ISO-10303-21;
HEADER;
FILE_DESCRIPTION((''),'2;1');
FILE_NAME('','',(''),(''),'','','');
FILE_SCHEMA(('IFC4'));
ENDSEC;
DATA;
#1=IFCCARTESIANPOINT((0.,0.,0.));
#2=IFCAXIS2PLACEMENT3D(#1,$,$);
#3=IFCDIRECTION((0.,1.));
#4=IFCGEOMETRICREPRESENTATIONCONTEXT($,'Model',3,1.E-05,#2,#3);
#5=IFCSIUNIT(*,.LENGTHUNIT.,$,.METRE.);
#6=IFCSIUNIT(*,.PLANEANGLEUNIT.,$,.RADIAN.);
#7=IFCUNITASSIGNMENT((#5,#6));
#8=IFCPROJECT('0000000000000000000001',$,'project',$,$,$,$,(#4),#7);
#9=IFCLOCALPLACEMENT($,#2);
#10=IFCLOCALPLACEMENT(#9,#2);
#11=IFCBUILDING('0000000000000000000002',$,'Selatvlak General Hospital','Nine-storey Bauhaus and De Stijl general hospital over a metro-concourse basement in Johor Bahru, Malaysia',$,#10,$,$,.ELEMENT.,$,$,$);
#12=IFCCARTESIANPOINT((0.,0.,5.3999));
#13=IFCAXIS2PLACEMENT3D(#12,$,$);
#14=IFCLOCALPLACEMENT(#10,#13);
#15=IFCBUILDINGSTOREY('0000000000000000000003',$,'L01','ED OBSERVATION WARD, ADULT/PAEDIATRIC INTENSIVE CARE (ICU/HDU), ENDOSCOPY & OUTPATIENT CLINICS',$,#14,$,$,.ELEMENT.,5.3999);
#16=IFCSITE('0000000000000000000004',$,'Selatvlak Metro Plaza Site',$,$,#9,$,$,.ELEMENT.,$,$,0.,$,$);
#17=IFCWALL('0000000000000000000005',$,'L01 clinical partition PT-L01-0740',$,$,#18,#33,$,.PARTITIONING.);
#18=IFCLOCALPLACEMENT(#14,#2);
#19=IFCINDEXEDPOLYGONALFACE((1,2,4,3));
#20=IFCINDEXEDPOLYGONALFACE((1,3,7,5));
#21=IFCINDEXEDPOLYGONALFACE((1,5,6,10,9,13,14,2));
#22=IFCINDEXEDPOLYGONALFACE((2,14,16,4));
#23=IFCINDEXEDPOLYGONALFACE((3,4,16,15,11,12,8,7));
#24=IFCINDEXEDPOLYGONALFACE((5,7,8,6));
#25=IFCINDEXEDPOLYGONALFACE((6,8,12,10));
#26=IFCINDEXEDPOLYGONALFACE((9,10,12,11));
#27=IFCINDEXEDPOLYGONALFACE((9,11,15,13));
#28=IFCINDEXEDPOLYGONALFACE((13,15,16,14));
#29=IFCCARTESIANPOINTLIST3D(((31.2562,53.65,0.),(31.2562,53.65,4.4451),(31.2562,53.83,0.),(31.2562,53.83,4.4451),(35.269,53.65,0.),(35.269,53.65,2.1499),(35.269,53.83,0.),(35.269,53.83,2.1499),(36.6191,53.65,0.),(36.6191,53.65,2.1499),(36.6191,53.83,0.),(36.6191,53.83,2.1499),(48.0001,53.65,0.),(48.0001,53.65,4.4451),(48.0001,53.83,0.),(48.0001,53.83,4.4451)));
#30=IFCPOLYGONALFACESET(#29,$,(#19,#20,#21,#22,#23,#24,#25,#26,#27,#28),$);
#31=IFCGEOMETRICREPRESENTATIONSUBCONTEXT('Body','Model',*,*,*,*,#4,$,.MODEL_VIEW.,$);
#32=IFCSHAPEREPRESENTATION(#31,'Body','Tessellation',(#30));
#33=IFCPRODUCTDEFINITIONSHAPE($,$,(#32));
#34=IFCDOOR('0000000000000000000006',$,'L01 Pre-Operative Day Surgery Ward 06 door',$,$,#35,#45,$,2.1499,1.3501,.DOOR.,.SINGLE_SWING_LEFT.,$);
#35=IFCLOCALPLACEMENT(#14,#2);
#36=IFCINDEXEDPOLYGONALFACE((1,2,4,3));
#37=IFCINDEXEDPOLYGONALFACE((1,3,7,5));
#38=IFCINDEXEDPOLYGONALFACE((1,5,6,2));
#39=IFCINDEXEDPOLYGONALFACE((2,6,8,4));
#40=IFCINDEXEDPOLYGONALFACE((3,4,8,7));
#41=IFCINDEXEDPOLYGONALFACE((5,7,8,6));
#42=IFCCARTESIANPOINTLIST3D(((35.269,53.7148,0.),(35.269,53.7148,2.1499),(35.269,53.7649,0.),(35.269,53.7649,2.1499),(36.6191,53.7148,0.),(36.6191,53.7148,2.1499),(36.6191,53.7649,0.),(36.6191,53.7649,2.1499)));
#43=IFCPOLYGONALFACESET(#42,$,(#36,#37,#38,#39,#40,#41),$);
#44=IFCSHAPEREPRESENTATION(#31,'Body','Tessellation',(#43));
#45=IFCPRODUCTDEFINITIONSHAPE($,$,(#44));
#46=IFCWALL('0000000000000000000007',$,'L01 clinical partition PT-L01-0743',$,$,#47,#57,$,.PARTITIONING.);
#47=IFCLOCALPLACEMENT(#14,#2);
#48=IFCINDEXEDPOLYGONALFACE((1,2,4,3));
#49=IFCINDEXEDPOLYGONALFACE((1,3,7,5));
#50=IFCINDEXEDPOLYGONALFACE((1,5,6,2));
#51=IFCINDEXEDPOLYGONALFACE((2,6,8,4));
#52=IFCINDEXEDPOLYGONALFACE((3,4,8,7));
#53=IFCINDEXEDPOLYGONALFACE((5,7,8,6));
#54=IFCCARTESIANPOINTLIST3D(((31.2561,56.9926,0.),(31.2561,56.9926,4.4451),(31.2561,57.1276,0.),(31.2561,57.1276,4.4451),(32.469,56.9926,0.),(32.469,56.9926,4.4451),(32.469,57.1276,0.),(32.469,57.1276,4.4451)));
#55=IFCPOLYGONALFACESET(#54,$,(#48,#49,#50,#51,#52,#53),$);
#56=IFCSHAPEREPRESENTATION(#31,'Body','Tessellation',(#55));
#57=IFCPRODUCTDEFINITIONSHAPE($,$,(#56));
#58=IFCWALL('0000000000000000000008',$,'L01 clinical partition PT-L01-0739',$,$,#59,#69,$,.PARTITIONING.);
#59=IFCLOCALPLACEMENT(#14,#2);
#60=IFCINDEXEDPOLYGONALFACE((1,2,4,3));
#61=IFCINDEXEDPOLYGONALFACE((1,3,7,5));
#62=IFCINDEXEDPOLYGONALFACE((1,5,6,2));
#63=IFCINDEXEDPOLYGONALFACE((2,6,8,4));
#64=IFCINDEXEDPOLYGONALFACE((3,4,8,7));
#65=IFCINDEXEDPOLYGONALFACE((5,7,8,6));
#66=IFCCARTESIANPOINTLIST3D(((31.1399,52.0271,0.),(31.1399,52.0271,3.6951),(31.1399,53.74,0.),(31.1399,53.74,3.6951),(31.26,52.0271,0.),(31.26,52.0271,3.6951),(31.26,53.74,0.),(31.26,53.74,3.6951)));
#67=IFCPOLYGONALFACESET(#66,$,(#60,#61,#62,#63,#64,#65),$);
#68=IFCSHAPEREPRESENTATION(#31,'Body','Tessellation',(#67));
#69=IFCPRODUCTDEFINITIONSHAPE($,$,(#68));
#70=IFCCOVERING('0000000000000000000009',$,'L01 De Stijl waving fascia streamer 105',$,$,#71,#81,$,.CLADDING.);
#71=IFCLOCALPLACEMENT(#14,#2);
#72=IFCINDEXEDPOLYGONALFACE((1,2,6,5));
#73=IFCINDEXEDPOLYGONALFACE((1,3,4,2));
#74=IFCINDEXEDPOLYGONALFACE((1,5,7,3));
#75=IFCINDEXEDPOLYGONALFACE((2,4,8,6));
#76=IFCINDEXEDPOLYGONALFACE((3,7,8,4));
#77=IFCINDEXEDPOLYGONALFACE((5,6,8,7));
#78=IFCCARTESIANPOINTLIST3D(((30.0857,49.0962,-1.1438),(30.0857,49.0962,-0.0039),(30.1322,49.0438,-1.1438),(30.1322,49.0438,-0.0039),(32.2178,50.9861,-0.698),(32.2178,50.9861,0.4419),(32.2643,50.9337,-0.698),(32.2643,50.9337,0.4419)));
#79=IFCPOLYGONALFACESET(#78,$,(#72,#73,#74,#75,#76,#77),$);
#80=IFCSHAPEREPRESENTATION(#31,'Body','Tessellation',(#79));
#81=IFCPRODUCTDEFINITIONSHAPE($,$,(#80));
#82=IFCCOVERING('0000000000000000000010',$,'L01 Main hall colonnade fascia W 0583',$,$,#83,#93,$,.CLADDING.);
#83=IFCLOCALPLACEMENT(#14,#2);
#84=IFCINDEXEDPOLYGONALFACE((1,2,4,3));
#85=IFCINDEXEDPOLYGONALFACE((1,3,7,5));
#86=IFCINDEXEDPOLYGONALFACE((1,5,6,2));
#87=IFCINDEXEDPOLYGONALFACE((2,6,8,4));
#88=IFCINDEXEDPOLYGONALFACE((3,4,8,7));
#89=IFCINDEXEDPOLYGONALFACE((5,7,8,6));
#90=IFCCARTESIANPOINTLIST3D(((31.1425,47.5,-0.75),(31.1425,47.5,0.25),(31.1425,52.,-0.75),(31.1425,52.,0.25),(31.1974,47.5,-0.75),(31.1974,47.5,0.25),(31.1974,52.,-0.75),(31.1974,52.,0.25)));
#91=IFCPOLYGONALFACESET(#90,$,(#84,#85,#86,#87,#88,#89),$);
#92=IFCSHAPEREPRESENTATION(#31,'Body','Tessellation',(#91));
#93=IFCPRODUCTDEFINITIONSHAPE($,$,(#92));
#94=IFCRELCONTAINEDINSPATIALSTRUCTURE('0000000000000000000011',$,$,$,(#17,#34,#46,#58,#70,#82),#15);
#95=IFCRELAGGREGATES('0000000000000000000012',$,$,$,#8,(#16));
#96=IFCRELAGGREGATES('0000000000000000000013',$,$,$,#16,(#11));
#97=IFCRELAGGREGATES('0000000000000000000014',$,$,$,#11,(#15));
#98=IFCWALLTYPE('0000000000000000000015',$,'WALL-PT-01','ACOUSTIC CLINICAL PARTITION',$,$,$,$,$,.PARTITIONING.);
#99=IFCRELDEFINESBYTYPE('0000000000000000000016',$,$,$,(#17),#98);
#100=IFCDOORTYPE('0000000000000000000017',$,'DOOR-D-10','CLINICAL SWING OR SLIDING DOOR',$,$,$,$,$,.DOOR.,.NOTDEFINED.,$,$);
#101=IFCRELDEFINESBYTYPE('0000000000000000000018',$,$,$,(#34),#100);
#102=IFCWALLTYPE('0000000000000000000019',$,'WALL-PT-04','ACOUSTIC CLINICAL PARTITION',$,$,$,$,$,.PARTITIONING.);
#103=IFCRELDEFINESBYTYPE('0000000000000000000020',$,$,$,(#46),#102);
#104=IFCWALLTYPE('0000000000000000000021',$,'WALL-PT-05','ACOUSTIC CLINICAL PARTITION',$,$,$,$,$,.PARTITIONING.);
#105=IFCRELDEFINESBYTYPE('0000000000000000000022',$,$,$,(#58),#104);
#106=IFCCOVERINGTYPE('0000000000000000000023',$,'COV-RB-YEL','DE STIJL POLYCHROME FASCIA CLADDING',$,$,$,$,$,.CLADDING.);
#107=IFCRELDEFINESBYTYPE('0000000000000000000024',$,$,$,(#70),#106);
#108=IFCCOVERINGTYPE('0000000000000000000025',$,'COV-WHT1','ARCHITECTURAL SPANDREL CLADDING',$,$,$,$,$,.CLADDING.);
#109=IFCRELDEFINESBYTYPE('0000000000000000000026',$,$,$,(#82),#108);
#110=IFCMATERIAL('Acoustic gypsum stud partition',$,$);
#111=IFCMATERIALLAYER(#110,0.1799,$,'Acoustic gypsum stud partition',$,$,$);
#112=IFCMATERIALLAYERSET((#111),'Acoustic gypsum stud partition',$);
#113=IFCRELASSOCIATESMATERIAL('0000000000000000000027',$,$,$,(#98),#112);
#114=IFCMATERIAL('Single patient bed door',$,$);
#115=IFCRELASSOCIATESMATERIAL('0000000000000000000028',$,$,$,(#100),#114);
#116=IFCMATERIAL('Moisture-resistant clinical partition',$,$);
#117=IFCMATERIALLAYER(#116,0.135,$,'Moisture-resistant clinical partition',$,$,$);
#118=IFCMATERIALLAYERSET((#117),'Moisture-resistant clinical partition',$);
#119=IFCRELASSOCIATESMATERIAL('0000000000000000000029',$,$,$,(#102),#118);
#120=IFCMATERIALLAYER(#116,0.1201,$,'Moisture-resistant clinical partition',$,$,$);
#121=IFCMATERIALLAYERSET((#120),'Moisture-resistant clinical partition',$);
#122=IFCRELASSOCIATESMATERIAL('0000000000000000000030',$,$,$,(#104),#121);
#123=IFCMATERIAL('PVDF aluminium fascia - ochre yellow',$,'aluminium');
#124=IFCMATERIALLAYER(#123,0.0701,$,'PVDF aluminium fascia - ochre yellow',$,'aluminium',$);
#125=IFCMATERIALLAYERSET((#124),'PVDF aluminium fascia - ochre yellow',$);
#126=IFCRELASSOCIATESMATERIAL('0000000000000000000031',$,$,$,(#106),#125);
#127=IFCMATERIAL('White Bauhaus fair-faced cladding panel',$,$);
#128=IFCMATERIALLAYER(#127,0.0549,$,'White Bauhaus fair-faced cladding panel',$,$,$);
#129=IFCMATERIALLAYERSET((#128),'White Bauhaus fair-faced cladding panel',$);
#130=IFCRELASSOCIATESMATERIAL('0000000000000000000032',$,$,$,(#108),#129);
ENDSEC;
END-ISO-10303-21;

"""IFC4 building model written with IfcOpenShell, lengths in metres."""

from ifc_helpers import new_model, si_unit, direction, frame, frame_2d, origin, origin_2d, place, context, subcontext, project, spatial, polyline, rectangle, outline, extrude, material, layer, layer_set, type_object, element, fill, save


model = new_model("IFC4")

# Units and contexts
model_context = context("Model", 3, precision=1e-05, world=origin(), true_north=direction((0.0, 1.0)))
body_context = subcontext(model_context, "Body", "Model", "MODEL_VIEW")
ifc_project = project(units=[si_unit("LENGTHUNIT", "METRE"), si_unit("PLANEANGLEUNIT", "RADIAN")], contexts=[model_context])

# Site, building, storey
site_placement = place(None, origin())
site = spatial("IfcSite", under=ifc_project, at=site_placement, Name="Selatvlak Metro Plaza Site", CompositionType="ELEMENT", RefElevation=0.0)
building_placement = place(site_placement, origin())
building = spatial("IfcBuilding", under=site, at=building_placement, Name="Selatvlak General Hospital", Description="Nine-storey Bauhaus and De Stijl general hospital over a metro-concourse basement in Johor Bahru, Malaysia", CompositionType="ELEMENT")
storey_placement = place(building_placement, frame((0.0, 0.0, 5.3999)))
storey = spatial("IfcBuildingStorey", under=building, at=storey_placement, Name="L01", Description="ED OBSERVATION WARD, ADULT/PAEDIATRIC INTENSIVE CARE (ICU/HDU), ENDOSCOPY & OUTPATIENT CLINICS", CompositionType="ELEMENT", Elevation=5.3999)

# Shared definitions
ifc_material_1 = material(Name="Acoustic gypsum stud partition")
ifc_layer_1 = layer(ifc_material_1, 0.1799, Name="Acoustic gypsum stud partition")
ifc_layer_set_1 = layer_set([ifc_layer_1], Name="Acoustic gypsum stud partition")
wall_type_1 = type_object("IfcWallType", Name="WALL-PT-01", Description="ACOUSTIC CLINICAL PARTITION", PredefinedType="PARTITIONING", material=ifc_layer_set_1)

# Wall, opening, door
wall_1_placement = place(storey_placement, frame((31.2561, 53.74, 0.0), z_axis=(0.0, 0.0, 1.0), x_axis=(1.0, 0.0, 0.0)))
wall_1 = element("IfcWall", 1, at=wall_1_placement, inside=storey, type_object=wall_type_1, Name="L01 clinical partition PT-L01-0740", PredefinedType="PARTITIONING", context=body_context, shape_type="SweptSolid", body=[
    extrude(rectangle(XDim=16.7439, YDim=0.1799, at=frame_2d((8.3721, 0.0))), origin(), (0.0, 0.0, 1.0), 4.4451),
])
opening_placement = place(wall_1_placement, frame((4.0129, 0.0, 0.0)))
opening = element("IfcOpeningElement", 2, at=opening_placement, cuts=wall_1, PredefinedType="OPENING", context=body_context, shape_type="SweptSolid", body=[
    extrude(rectangle(XDim=1.3501, YDim=2.1499, at=frame_2d((0.675, 1.075))), frame((0.0, 0.0999, 0.0), z_axis=(0.0, -1.0, 0.0), x_axis=(1.0, 0.0, 0.0)), (0.0, 0.0, 1.0), 0.2),
])
ifc_material_2 = material(Name="Single patient bed door")
door_type = type_object("IfcDoorType", Name="DOOR-D-10", Description="CLINICAL SWING OR SLIDING DOOR", OperationType="NOTDEFINED", PredefinedType="DOOR", material=ifc_material_2)
door_placement = place(opening_placement, origin())
door = element("IfcDoor", 3, at=door_placement, inside=storey, type_object=door_type, Name="L01 Pre-Operative Day Surgery Ward 06 door", OperationType="SINGLE_SWING_LEFT", OverallHeight=2.1499, OverallWidth=1.3501, PredefinedType="DOOR", context=body_context, shape_type="SweptSolid", body=[
    extrude(rectangle(XDim=1.3501, YDim=2.1499, at=frame_2d((0.675, 1.075))), frame((0.0, 0.0249, 0.0), z_axis=(0.0, -1.0, 0.0), x_axis=(1.0, 0.0, 0.0)), (0.0, 0.0, 1.0), 0.05),
])
fill(opening, door)

# Walls
ifc_material_3 = material(Name="Moisture-resistant clinical partition")
ifc_layer_2 = layer(ifc_material_3, 0.135, Name="Moisture-resistant clinical partition")
ifc_layer_set_2 = layer_set([ifc_layer_2], Name="Moisture-resistant clinical partition")
wall_type_2 = type_object("IfcWallType", Name="WALL-PT-04", Description="ACOUSTIC CLINICAL PARTITION", PredefinedType="PARTITIONING", material=ifc_layer_set_2)
wall_2_placement = place(storey_placement, frame((32.469, 57.0601, 0.0), z_axis=(0.0, 0.0, 1.0), x_axis=(-1.0, 0.0, 0.0)))
element("IfcWall", 4, at=wall_2_placement, inside=storey, type_object=wall_type_2, Name="L01 clinical partition PT-L01-0743", PredefinedType="PARTITIONING", context=body_context, shape_type="SweptSolid", body=[
    extrude(rectangle(XDim=1.2129, YDim=0.135, at=frame_2d((0.6064, 0.0))), origin(), (0.0, 0.0, 1.0), 4.4451),
])
ifc_layer_3 = layer(ifc_material_3, 0.1201, Name="Moisture-resistant clinical partition")
ifc_layer_set_3 = layer_set([ifc_layer_3], Name="Moisture-resistant clinical partition")
wall_type_3 = type_object("IfcWallType", Name="WALL-PT-05", Description="ACOUSTIC CLINICAL PARTITION", PredefinedType="PARTITIONING", material=ifc_layer_set_3)
wall_3_placement = place(storey_placement, frame((31.2, 52.0271, 0.0), z_axis=(0.0, 0.0, 1.0), x_axis=(0.0, 1.0, 0.0)))
element("IfcWall", 5, at=wall_3_placement, inside=storey, type_object=wall_type_3, Name="L01 clinical partition PT-L01-0739", PredefinedType="PARTITIONING", context=body_context, shape_type="SweptSolid", body=[
    extrude(rectangle(XDim=1.7129, YDim=0.1201, at=frame_2d((0.8564, 0.0))), origin(), (0.0, 0.0, 1.0), 3.6951),
])

# Coverings
ifc_material_4 = material(Name="PVDF aluminium fascia - ochre yellow", Category="aluminium")
ifc_layer_4 = layer(ifc_material_4, 0.0701, Name="PVDF aluminium fascia - ochre yellow", Category="aluminium")
ifc_layer_set_4 = layer_set([ifc_layer_4], Name="PVDF aluminium fascia - ochre yellow")
covering_type_1 = type_object("IfcCoveringType", Name="COV-RB-YEL", Description="DE STIJL POLYCHROME FASCIA CLADDING", PredefinedType="CLADDING", material=ifc_layer_set_4)
covering_1_placement = place(storey_placement, frame((32.241, 50.96, -0.698), z_axis=(0.0, 0.0, 1.0), x_axis=(-0.748331, -0.663326, 0.0)))
element("IfcCovering", 6, at=covering_1_placement, inside=storey, type_object=covering_type_1, Name="L01 De Stijl waving fascia streamer 105", PredefinedType="CLADDING", context=body_context, shape_type="SweptSolid", body=[
    extrude(outline(polyline([(0.0, 0.0), (2.8491, -0.4458), (2.8491, 0.6941), (0.0, 1.1399), (0.0, 0.0)])), frame((0.0, 0.0352, 0.0), z_axis=(0.0, -1.0, 0.0), x_axis=(1.0, 0.0, 0.0)), (0.0, 0.0, 1.0), 0.0701),
])
ifc_material_5 = material(Name="White Bauhaus fair-faced cladding panel")
ifc_layer_5 = layer(ifc_material_5, 0.0549, Name="White Bauhaus fair-faced cladding panel")
ifc_layer_set_5 = layer_set([ifc_layer_5], Name="White Bauhaus fair-faced cladding panel")
covering_type_2 = type_object("IfcCoveringType", Name="COV-WHT1", Description="ARCHITECTURAL SPANDREL CLADDING", PredefinedType="CLADDING", material=ifc_layer_set_5)
covering_2_placement = place(storey_placement, frame((31.1699, 49.75, -0.75), z_axis=(0.0, 0.0, 1.0), x_axis=(0.0, 1.0, 0.0)))
element("IfcCovering", 7, at=covering_2_placement, inside=storey, type_object=covering_type_2, Name="L01 Main hall colonnade fascia W 0583", PredefinedType="CLADDING", context=body_context, shape_type="SweptSolid", body=[
    extrude(rectangle(XDim=4.5, YDim=0.0549, at=origin_2d()), origin(), (0.0, 0.0, 1.0), 1.0),
])

save(model, "model.ifc")
